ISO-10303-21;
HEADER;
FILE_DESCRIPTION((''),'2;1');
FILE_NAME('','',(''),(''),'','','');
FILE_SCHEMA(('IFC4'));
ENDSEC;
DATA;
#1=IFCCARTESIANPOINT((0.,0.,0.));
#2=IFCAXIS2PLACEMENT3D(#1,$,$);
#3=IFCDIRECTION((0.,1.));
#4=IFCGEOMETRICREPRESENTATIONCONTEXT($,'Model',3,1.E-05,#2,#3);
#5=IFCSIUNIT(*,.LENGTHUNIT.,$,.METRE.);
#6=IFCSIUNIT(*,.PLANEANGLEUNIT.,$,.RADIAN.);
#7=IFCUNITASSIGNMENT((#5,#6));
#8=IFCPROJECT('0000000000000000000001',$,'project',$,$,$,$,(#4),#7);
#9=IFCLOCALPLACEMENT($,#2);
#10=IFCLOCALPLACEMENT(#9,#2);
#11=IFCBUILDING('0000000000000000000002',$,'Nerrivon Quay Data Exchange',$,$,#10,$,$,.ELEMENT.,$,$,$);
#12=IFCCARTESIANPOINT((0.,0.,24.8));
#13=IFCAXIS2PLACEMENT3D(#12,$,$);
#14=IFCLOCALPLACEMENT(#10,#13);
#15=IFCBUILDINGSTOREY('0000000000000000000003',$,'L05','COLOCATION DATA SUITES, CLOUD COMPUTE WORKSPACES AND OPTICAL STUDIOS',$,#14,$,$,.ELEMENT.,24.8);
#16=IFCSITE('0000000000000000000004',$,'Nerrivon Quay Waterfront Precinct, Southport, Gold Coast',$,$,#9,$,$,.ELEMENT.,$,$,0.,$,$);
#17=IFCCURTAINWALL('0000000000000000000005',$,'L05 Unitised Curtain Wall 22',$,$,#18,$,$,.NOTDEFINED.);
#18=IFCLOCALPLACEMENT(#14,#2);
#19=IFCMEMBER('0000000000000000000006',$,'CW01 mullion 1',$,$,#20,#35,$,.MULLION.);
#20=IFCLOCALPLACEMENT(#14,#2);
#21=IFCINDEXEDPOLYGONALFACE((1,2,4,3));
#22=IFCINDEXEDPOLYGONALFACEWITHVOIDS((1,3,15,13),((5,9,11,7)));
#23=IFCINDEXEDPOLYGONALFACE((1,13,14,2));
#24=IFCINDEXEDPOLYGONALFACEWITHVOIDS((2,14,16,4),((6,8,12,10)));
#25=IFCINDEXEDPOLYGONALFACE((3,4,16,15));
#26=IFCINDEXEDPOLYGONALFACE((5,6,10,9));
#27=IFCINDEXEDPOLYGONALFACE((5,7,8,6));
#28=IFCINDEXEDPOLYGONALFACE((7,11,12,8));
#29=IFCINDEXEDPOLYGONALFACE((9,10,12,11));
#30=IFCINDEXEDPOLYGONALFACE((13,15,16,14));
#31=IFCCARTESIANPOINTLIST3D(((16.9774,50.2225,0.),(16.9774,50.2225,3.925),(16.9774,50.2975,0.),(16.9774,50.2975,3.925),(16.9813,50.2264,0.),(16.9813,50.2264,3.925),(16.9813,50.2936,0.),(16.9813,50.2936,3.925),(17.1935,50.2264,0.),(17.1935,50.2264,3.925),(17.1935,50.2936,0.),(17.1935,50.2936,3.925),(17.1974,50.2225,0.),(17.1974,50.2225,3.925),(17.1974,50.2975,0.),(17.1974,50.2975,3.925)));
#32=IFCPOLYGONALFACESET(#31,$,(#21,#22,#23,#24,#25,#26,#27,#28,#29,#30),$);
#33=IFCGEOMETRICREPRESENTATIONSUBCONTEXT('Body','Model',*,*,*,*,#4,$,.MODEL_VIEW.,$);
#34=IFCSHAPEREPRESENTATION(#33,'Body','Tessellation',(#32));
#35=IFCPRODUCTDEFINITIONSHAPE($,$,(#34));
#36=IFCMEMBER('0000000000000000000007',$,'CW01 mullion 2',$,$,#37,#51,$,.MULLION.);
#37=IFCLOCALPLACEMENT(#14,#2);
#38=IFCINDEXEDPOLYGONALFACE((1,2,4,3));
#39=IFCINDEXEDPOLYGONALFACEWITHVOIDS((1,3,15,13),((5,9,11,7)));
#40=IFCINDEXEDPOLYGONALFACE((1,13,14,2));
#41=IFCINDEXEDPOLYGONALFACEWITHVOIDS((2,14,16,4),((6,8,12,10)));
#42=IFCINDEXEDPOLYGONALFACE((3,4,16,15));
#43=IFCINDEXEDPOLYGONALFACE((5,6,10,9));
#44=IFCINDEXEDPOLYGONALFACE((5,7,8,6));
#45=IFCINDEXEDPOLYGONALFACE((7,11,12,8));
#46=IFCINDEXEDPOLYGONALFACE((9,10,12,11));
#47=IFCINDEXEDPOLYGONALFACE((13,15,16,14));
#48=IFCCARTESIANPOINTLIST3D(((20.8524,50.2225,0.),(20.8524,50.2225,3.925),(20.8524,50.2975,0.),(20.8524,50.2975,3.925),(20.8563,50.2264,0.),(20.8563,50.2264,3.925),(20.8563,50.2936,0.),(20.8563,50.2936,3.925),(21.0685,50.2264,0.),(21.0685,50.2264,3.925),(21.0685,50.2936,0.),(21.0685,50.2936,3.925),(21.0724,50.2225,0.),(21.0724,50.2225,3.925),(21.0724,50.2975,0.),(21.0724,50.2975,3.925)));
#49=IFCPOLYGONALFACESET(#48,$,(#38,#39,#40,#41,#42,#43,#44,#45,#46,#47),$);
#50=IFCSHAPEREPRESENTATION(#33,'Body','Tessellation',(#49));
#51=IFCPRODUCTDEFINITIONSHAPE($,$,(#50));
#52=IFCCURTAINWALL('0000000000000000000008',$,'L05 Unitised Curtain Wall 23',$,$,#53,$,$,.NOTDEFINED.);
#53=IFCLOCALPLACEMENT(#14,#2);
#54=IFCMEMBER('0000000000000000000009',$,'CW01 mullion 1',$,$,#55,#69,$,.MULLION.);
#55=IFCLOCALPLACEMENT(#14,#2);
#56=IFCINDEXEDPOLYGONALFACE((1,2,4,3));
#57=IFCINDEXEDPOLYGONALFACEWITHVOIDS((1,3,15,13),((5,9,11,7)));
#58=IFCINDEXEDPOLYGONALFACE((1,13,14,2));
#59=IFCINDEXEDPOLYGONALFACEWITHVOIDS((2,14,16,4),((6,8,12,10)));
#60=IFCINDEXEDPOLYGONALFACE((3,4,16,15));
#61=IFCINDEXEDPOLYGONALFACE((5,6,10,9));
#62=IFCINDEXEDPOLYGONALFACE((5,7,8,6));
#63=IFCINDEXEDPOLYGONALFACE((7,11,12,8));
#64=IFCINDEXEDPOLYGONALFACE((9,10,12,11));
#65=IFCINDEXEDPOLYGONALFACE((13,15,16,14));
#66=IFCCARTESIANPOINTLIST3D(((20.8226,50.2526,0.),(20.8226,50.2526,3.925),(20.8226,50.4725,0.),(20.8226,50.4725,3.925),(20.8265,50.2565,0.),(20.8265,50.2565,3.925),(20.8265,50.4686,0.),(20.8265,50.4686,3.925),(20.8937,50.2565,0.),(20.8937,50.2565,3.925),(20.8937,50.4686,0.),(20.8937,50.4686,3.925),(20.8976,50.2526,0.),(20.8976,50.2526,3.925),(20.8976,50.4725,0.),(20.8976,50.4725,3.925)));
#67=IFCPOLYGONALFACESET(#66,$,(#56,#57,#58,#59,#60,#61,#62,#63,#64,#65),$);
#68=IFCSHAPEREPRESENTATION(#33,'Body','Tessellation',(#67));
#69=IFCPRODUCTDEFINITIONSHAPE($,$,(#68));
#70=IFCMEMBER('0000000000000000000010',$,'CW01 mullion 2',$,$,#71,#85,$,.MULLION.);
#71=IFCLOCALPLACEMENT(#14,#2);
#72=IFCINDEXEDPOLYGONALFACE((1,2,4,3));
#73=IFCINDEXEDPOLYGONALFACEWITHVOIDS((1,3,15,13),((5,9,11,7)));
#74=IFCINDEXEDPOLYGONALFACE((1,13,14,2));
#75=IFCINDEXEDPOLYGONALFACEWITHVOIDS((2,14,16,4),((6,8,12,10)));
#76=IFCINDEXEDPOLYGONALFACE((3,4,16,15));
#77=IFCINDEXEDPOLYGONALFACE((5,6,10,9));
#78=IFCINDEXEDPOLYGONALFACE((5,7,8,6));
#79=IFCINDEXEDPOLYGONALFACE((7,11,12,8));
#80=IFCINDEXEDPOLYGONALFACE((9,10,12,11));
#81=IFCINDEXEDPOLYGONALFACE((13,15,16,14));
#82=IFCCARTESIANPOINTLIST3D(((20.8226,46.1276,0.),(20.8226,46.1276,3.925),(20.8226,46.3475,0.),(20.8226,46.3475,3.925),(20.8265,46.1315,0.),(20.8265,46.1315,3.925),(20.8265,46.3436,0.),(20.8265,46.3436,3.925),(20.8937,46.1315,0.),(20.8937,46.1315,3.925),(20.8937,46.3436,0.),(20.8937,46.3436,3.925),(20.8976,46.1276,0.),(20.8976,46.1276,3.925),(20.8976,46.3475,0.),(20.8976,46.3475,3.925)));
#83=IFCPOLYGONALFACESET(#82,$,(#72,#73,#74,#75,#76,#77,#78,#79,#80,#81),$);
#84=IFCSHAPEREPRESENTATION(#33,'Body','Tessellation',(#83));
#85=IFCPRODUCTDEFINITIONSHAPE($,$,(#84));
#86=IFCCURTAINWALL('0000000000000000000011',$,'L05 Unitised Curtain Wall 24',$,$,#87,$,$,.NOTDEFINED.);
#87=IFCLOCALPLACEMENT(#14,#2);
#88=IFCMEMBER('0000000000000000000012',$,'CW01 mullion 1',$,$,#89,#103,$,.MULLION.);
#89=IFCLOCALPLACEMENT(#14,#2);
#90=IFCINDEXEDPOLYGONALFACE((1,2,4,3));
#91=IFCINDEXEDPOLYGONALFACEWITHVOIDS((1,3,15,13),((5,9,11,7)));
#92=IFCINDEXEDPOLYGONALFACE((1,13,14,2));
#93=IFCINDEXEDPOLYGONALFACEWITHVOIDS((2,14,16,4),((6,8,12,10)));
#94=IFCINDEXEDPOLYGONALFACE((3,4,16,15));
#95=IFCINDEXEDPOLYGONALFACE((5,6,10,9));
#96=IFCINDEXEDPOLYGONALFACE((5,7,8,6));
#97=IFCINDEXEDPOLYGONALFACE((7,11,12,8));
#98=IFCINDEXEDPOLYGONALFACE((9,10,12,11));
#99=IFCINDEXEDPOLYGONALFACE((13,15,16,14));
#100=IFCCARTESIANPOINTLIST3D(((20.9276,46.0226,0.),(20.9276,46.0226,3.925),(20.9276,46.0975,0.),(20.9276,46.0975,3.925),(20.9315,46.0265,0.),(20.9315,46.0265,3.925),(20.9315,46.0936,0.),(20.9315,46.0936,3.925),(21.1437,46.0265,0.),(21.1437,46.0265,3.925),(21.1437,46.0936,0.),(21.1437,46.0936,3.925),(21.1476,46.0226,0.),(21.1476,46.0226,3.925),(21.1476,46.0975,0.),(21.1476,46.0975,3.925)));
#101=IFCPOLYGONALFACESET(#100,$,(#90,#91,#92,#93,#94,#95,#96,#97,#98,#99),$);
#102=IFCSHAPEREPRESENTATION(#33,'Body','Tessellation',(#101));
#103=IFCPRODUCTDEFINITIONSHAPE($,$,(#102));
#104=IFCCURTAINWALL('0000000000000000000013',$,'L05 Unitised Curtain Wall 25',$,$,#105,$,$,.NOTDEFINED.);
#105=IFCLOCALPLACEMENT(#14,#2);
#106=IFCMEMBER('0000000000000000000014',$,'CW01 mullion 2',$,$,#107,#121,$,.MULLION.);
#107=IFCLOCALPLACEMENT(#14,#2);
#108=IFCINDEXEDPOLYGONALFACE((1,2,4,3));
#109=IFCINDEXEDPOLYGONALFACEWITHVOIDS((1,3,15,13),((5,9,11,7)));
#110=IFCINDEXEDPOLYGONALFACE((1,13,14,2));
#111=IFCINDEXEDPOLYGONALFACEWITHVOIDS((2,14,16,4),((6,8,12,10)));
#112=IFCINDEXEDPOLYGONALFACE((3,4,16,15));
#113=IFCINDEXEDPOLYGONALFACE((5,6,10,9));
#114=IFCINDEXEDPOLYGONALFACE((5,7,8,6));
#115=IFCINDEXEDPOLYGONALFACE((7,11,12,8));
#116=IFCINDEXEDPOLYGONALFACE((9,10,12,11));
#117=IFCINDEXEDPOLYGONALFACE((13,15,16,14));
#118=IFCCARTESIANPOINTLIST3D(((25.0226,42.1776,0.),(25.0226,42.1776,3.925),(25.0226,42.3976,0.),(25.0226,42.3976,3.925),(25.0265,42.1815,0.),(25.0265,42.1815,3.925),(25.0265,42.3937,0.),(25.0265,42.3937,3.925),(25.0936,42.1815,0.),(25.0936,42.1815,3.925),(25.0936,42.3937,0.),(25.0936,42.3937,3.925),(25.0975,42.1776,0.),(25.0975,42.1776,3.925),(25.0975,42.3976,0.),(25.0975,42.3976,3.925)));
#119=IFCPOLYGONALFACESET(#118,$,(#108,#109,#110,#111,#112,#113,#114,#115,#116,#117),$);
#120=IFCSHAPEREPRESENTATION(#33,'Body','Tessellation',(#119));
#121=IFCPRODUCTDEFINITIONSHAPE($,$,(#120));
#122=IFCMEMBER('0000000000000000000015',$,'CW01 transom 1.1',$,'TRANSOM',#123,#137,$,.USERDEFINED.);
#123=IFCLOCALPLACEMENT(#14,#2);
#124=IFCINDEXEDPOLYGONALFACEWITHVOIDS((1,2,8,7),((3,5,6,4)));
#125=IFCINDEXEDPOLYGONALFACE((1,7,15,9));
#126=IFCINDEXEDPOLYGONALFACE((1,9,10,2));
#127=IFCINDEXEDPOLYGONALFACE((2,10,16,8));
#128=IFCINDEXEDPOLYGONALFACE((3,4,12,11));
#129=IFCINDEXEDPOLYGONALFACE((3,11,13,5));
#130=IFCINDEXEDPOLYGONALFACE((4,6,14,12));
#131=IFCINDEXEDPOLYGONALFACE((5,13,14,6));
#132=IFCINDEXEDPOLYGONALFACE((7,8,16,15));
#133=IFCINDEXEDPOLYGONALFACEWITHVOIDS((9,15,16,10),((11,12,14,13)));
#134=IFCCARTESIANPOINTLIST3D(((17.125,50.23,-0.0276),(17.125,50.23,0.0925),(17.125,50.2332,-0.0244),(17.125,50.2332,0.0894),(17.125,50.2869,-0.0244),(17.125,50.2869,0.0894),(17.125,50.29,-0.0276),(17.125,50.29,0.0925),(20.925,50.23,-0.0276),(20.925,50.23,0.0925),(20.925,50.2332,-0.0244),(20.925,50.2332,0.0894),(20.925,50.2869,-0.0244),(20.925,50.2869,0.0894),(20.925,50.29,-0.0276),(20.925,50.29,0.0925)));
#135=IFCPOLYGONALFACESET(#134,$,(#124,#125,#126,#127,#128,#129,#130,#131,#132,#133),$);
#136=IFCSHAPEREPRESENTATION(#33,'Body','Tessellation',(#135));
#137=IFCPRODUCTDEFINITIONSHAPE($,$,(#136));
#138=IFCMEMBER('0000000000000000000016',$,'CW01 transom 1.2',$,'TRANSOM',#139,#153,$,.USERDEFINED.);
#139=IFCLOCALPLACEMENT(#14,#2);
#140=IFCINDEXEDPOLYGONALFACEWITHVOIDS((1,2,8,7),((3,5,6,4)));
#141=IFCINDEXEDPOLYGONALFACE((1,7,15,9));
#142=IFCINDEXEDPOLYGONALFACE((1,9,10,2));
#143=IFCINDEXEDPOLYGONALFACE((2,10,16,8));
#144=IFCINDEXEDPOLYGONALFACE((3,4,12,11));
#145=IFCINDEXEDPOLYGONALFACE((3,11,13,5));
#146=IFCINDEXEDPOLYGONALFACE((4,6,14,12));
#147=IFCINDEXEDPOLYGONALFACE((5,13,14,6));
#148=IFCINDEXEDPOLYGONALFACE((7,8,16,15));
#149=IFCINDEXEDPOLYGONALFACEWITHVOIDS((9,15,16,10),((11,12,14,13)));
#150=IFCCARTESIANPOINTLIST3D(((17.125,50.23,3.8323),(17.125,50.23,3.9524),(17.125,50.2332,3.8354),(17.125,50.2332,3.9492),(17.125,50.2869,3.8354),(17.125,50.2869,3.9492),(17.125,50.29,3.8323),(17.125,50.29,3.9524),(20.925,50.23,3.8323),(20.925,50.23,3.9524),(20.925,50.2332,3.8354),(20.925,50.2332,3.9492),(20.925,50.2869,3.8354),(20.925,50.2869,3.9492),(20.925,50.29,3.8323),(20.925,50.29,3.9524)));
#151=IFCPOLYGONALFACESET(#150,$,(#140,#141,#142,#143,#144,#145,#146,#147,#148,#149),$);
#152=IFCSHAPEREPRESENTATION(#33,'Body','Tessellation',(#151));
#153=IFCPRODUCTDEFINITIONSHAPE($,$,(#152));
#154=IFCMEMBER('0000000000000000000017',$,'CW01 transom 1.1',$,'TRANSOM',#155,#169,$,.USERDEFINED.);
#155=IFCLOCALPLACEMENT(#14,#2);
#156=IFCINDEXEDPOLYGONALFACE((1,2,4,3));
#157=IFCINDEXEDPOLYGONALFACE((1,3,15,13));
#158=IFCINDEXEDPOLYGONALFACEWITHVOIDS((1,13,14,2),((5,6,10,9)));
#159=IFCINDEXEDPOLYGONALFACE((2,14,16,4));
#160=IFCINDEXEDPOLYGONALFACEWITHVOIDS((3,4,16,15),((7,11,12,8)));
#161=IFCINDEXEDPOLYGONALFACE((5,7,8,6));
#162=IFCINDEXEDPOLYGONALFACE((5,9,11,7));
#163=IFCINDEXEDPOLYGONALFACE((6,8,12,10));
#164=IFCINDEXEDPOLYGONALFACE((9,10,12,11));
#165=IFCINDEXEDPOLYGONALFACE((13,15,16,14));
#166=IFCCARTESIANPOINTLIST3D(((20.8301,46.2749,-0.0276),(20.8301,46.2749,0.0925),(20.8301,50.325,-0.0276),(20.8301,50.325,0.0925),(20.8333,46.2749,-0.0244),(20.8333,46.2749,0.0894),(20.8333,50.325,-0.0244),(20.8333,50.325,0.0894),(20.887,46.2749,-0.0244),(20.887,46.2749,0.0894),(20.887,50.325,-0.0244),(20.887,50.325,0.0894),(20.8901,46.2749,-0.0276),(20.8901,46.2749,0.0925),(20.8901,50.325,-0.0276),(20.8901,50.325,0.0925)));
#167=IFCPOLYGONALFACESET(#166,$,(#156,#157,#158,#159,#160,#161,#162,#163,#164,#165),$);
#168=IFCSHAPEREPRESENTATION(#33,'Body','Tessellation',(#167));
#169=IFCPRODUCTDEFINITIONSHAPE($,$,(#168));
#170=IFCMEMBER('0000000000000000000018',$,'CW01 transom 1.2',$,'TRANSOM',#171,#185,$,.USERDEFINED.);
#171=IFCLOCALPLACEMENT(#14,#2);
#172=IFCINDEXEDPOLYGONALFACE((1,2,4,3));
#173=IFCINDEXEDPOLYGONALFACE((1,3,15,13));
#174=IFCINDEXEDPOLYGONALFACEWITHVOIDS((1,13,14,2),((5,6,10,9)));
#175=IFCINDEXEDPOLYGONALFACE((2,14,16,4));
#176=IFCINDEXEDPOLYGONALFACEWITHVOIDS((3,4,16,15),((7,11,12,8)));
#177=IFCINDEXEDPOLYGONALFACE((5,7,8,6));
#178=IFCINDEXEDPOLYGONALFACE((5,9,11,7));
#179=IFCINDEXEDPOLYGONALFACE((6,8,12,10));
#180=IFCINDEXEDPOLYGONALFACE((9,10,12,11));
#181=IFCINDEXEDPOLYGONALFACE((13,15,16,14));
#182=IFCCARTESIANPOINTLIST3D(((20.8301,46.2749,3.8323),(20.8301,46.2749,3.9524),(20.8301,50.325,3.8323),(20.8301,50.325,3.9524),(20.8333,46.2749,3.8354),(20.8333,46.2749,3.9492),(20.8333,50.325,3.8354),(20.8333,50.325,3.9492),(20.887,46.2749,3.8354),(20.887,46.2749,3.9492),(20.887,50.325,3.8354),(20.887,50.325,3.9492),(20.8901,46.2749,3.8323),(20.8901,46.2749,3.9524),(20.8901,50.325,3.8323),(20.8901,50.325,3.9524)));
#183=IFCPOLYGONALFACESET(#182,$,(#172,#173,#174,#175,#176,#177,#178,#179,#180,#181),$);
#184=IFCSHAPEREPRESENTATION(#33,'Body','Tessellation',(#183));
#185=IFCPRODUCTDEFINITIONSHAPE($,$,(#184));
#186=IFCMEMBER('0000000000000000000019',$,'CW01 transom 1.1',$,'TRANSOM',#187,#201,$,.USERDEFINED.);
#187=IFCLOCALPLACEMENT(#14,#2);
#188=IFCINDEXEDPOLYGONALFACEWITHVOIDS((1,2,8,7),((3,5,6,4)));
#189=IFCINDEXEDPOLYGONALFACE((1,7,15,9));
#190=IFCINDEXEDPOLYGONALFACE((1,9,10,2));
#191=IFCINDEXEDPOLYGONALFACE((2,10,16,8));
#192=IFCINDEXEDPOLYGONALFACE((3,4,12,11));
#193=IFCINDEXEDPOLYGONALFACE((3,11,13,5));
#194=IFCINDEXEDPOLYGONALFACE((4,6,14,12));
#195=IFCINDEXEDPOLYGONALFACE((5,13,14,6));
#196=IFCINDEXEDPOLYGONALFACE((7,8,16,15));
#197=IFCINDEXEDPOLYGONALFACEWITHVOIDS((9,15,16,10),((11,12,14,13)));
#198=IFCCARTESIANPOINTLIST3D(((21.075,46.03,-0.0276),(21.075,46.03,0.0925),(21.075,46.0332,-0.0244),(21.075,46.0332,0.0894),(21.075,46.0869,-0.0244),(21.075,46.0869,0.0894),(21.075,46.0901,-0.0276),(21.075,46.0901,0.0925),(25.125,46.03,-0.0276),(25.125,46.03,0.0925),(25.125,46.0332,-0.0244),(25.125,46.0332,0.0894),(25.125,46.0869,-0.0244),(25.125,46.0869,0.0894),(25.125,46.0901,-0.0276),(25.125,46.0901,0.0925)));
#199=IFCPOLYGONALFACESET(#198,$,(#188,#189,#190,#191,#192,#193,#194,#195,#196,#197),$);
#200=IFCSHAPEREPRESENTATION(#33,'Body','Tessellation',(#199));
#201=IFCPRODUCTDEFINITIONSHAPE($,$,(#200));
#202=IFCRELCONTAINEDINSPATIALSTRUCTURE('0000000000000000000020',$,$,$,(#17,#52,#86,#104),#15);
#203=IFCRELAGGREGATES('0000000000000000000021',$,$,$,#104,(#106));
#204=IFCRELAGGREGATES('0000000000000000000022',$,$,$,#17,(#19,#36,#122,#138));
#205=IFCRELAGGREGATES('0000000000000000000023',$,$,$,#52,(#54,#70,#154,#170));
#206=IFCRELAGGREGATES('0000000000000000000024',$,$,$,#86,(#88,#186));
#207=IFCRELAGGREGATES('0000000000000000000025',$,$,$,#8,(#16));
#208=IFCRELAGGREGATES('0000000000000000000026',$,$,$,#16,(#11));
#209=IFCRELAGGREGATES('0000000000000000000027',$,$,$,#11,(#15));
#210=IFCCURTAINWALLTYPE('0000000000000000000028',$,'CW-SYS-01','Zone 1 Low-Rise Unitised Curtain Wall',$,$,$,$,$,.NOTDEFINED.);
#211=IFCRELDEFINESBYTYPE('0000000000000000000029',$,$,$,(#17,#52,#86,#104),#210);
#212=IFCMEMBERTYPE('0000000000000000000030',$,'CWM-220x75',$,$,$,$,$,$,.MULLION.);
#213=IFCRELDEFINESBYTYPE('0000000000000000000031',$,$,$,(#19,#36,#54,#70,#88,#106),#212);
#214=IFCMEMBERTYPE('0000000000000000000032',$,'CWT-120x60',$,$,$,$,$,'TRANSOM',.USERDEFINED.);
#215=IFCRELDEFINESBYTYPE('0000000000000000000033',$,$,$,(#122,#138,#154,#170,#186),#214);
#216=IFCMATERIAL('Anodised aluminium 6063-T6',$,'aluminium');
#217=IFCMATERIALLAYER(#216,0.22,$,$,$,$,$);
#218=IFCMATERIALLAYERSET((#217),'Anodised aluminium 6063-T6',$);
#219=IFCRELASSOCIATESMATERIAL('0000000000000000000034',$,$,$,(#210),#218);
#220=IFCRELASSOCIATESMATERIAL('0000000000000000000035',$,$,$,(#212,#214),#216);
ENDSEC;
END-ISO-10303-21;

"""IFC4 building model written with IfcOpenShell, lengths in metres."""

from ifc_helpers import new_model, si_unit, direction, frame, origin, origin_2d, place, context, subcontext, project, spatial, hollow_rectangle, extrude, material, layer, layer_set, material_profile, profile_set, type_object, element, aggregate, save


model = new_model("IFC4")

# Units and contexts
model_context = context("Model", 3, precision=1e-05, world=origin(), true_north=direction((0.0, 1.0)))
body_context = subcontext(model_context, "Body", "Model", "MODEL_VIEW")
ifc_project = project(units=[si_unit("LENGTHUNIT", "METRE"), si_unit("PLANEANGLEUNIT", "RADIAN")], contexts=[model_context])

# Site, building, storey
site_placement = place(None, origin())
site = spatial("IfcSite", under=ifc_project, at=site_placement, Name="Nerrivon Quay Waterfront Precinct, Southport, Gold Coast", CompositionType="ELEMENT", RefElevation=0.0)
building_placement = place(site_placement, origin())
building = spatial("IfcBuilding", under=site, at=building_placement, Name="Nerrivon Quay Data Exchange", CompositionType="ELEMENT")
storey_placement = place(building_placement, frame((0.0, 0.0, 24.8)))
storey = spatial("IfcBuildingStorey", under=building, at=storey_placement, Name="L05", Description="COLOCATION DATA SUITES, CLOUD COMPUTE WORKSPACES AND OPTICAL STUDIOS", CompositionType="ELEMENT", Elevation=24.8)

# Curtain walls, members
ifc_material_1 = material(Name="Anodised aluminium 6063-T6", Category="aluminium")
ifc_layer_1 = layer(ifc_material_1, 0.22)
ifc_layer_set_1 = layer_set([ifc_layer_1], Name="Anodised aluminium 6063-T6")
curtain_wall_type = type_object("IfcCurtainWallType", Name="CW-SYS-01", Description="Zone 1 Low-Rise Unitised Curtain Wall", PredefinedType="NOTDEFINED", material=ifc_layer_set_1)
curtain_wall_1_placement = place(storey_placement, origin())
curtain_wall_1 = element("IfcCurtainWall", 1, at=curtain_wall_1_placement, inside=storey, type_object=curtain_wall_type, Name="L05 Unitised Curtain Wall 22", PredefinedType="NOTDEFINED")
ifc_material_profile_1 = material_profile(ifc_material_1, hollow_rectangle(XDim=0.075, YDim=0.22, WallThickness=0.0039, at=origin_2d()), Name="ALU-MULL-220x75")
ifc_profile_set_1 = profile_set([ifc_material_profile_1], Name="Anodised aluminium 6063-T6")
member_type_1 = type_object("IfcMemberType", Name="CWM-220x75", PredefinedType="MULLION", material=ifc_profile_set_1)
member_1_placement = place(storey_placement, frame((17.0874, 50.26, 0.0), z_axis=(0.0, 0.0, 1.0), x_axis=(0.0, 1.0, 0.0)))
member_1 = element("IfcMember", 2, at=member_1_placement, type_object=member_type_1, Name="CW01 mullion 1", PredefinedType="MULLION", context=body_context, shape_type="SweptSolid", body=[
    extrude(hollow_rectangle(XDim=0.075, YDim=0.22, WallThickness=0.0039, at=origin_2d()), origin(), (0.0, 0.0, 1.0), 3.925),
])
member_2_placement = place(storey_placement, frame((20.9624, 50.26, 0.0), z_axis=(0.0, 0.0, 1.0), x_axis=(0.0, 1.0, 0.0)))
member_2 = element("IfcMember", 3, at=member_2_placement, type_object=member_type_1, Name="CW01 mullion 2", PredefinedType="MULLION", context=body_context, shape_type="SweptSolid", body=[
    extrude(hollow_rectangle(XDim=0.075, YDim=0.22, WallThickness=0.0039, at=origin_2d()), origin(), (0.0, 0.0, 1.0), 3.925),
])
curtain_wall_2_placement = place(storey_placement, origin())
curtain_wall_2 = element("IfcCurtainWall", 4, at=curtain_wall_2_placement, inside=storey, type_object=curtain_wall_type, Name="L05 Unitised Curtain Wall 23", PredefinedType="NOTDEFINED")
member_3_placement = place(storey_placement, frame((20.8601, 50.3625, 0.0), z_axis=(0.0, 0.0, 1.0), x_axis=(1.0, 0.0, 0.0)))
member_3 = element("IfcMember", 5, at=member_3_placement, type_object=member_type_1, Name="CW01 mullion 1", PredefinedType="MULLION", context=body_context, shape_type="SweptSolid", body=[
    extrude(hollow_rectangle(XDim=0.075, YDim=0.22, WallThickness=0.0039, at=origin_2d()), origin(), (0.0, 0.0, 1.0), 3.925),
])
member_4_placement = place(storey_placement, frame((20.8601, 46.2375, 0.0), z_axis=(0.0, 0.0, 1.0), x_axis=(1.0, 0.0, 0.0)))
member_4 = element("IfcMember", 6, at=member_4_placement, type_object=member_type_1, Name="CW01 mullion 2", PredefinedType="MULLION", context=body_context, shape_type="SweptSolid", body=[
    extrude(hollow_rectangle(XDim=0.075, YDim=0.22, WallThickness=0.0039, at=origin_2d()), origin(), (0.0, 0.0, 1.0), 3.925),
])

# Curtain walls, members
curtain_wall_3_placement = place(storey_placement, origin())
curtain_wall_3 = element("IfcCurtainWall", 7, at=curtain_wall_3_placement, inside=storey, type_object=curtain_wall_type, Name="L05 Unitised Curtain Wall 24", PredefinedType="NOTDEFINED")
member_5_placement = place(storey_placement, frame((21.0376, 46.0601, 0.0), z_axis=(0.0, 0.0, 1.0), x_axis=(0.0, 1.0, 0.0)))
member_5 = element("IfcMember", 8, at=member_5_placement, type_object=member_type_1, Name="CW01 mullion 1", PredefinedType="MULLION", context=body_context, shape_type="SweptSolid", body=[
    extrude(hollow_rectangle(XDim=0.075, YDim=0.22, WallThickness=0.0039, at=origin_2d()), origin(), (0.0, 0.0, 1.0), 3.925),
])
curtain_wall_4_placement = place(storey_placement, origin())
curtain_wall_4 = element("IfcCurtainWall", 9, at=curtain_wall_4_placement, inside=storey, type_object=curtain_wall_type, Name="L05 Unitised Curtain Wall 25", PredefinedType="NOTDEFINED")
member_6_placement = place(storey_placement, frame((25.0601, 42.2876, 0.0), z_axis=(0.0, 0.0, 1.0), x_axis=(1.0, 0.0, 0.0)))
member_6 = element("IfcMember", 10, at=member_6_placement, type_object=member_type_1, Name="CW01 mullion 2", PredefinedType="MULLION", context=body_context, shape_type="SweptSolid", body=[
    extrude(hollow_rectangle(XDim=0.075, YDim=0.22, WallThickness=0.0039, at=origin_2d()), origin(), (0.0, 0.0, 1.0), 3.925),
])
aggregate(curtain_wall_4, [member_6])

# Members
ifc_material_profile_2 = material_profile(ifc_material_1, hollow_rectangle(XDim=0.0601, YDim=0.1201, WallThickness=0.0032, at=origin_2d()), Name="ALU-TRAN-120x60")
ifc_profile_set_2 = profile_set([ifc_material_profile_2], Name="Anodised aluminium 6063-T6")
member_type_2 = type_object("IfcMemberType", Name="CWT-120x60", ElementType="TRANSOM", PredefinedType="USERDEFINED", material=ifc_profile_set_2)
member_7_placement = place(storey_placement, frame((17.125, 50.26, 0.0325), z_axis=(1.0, 0.0, 0.0), x_axis=(0.0, 1.0, 0.0)))
member_7 = element("IfcMember", 11, at=member_7_placement, type_object=member_type_2, Name="CW01 transom 1.1", ObjectType="TRANSOM", PredefinedType="USERDEFINED", context=body_context, shape_type="SweptSolid", body=[
    extrude(hollow_rectangle(XDim=0.0601, YDim=0.1201, WallThickness=0.0032, at=origin_2d()), origin(), (0.0, 0.0, 1.0), 3.8),
])
member_8_placement = place(storey_placement, frame((17.125, 50.26, 3.8923), z_axis=(1.0, 0.0, 0.0), x_axis=(0.0, 1.0, 0.0)))
member_8 = element("IfcMember", 12, at=member_8_placement, type_object=member_type_2, Name="CW01 transom 1.2", ObjectType="TRANSOM", PredefinedType="USERDEFINED", context=body_context, shape_type="SweptSolid", body=[
    extrude(hollow_rectangle(XDim=0.0601, YDim=0.1201, WallThickness=0.0032, at=origin_2d()), origin(), (0.0, 0.0, 1.0), 3.8),
])
member_9_placement = place(storey_placement, frame((20.8601, 50.325, 0.0325), z_axis=(0.0, -1.0, 0.0), x_axis=(1.0, 0.0, 0.0)))
member_9 = element("IfcMember", 13, at=member_9_placement, type_object=member_type_2, Name="CW01 transom 1.1", ObjectType="TRANSOM", PredefinedType="USERDEFINED", context=body_context, shape_type="SweptSolid", body=[
    extrude(hollow_rectangle(XDim=0.0601, YDim=0.1201, WallThickness=0.0032, at=origin_2d()), origin(), (0.0, 0.0, 1.0), 4.05),
])
member_10_placement = place(storey_placement, frame((20.8601, 50.325, 3.8923), z_axis=(0.0, -1.0, 0.0), x_axis=(1.0, 0.0, 0.0)))
member_10 = element("IfcMember", 14, at=member_10_placement, type_object=member_type_2, Name="CW01 transom 1.2", ObjectType="TRANSOM", PredefinedType="USERDEFINED", context=body_context, shape_type="SweptSolid", body=[
    extrude(hollow_rectangle(XDim=0.0601, YDim=0.1201, WallThickness=0.0032, at=origin_2d()), origin(), (0.0, 0.0, 1.0), 4.05),
])
member_11_placement = place(storey_placement, frame((21.075, 46.0601, 0.0325), z_axis=(1.0, 0.0, 0.0), x_axis=(0.0, 1.0, 0.0)))
member_11 = element("IfcMember", 15, at=member_11_placement, type_object=member_type_2, Name="CW01 transom 1.1", ObjectType="TRANSOM", PredefinedType="USERDEFINED", context=body_context, shape_type="SweptSolid", body=[
    extrude(hollow_rectangle(XDim=0.0601, YDim=0.1201, WallThickness=0.0032, at=origin_2d()), origin(), (0.0, 0.0, 1.0), 4.05),
])

aggregate(curtain_wall_1, [member_1, member_2, member_7, member_8])
aggregate(curtain_wall_2, [member_3, member_4, member_9, member_10])
aggregate(curtain_wall_3, [member_5, member_11])

save(model, "model.ifc")
